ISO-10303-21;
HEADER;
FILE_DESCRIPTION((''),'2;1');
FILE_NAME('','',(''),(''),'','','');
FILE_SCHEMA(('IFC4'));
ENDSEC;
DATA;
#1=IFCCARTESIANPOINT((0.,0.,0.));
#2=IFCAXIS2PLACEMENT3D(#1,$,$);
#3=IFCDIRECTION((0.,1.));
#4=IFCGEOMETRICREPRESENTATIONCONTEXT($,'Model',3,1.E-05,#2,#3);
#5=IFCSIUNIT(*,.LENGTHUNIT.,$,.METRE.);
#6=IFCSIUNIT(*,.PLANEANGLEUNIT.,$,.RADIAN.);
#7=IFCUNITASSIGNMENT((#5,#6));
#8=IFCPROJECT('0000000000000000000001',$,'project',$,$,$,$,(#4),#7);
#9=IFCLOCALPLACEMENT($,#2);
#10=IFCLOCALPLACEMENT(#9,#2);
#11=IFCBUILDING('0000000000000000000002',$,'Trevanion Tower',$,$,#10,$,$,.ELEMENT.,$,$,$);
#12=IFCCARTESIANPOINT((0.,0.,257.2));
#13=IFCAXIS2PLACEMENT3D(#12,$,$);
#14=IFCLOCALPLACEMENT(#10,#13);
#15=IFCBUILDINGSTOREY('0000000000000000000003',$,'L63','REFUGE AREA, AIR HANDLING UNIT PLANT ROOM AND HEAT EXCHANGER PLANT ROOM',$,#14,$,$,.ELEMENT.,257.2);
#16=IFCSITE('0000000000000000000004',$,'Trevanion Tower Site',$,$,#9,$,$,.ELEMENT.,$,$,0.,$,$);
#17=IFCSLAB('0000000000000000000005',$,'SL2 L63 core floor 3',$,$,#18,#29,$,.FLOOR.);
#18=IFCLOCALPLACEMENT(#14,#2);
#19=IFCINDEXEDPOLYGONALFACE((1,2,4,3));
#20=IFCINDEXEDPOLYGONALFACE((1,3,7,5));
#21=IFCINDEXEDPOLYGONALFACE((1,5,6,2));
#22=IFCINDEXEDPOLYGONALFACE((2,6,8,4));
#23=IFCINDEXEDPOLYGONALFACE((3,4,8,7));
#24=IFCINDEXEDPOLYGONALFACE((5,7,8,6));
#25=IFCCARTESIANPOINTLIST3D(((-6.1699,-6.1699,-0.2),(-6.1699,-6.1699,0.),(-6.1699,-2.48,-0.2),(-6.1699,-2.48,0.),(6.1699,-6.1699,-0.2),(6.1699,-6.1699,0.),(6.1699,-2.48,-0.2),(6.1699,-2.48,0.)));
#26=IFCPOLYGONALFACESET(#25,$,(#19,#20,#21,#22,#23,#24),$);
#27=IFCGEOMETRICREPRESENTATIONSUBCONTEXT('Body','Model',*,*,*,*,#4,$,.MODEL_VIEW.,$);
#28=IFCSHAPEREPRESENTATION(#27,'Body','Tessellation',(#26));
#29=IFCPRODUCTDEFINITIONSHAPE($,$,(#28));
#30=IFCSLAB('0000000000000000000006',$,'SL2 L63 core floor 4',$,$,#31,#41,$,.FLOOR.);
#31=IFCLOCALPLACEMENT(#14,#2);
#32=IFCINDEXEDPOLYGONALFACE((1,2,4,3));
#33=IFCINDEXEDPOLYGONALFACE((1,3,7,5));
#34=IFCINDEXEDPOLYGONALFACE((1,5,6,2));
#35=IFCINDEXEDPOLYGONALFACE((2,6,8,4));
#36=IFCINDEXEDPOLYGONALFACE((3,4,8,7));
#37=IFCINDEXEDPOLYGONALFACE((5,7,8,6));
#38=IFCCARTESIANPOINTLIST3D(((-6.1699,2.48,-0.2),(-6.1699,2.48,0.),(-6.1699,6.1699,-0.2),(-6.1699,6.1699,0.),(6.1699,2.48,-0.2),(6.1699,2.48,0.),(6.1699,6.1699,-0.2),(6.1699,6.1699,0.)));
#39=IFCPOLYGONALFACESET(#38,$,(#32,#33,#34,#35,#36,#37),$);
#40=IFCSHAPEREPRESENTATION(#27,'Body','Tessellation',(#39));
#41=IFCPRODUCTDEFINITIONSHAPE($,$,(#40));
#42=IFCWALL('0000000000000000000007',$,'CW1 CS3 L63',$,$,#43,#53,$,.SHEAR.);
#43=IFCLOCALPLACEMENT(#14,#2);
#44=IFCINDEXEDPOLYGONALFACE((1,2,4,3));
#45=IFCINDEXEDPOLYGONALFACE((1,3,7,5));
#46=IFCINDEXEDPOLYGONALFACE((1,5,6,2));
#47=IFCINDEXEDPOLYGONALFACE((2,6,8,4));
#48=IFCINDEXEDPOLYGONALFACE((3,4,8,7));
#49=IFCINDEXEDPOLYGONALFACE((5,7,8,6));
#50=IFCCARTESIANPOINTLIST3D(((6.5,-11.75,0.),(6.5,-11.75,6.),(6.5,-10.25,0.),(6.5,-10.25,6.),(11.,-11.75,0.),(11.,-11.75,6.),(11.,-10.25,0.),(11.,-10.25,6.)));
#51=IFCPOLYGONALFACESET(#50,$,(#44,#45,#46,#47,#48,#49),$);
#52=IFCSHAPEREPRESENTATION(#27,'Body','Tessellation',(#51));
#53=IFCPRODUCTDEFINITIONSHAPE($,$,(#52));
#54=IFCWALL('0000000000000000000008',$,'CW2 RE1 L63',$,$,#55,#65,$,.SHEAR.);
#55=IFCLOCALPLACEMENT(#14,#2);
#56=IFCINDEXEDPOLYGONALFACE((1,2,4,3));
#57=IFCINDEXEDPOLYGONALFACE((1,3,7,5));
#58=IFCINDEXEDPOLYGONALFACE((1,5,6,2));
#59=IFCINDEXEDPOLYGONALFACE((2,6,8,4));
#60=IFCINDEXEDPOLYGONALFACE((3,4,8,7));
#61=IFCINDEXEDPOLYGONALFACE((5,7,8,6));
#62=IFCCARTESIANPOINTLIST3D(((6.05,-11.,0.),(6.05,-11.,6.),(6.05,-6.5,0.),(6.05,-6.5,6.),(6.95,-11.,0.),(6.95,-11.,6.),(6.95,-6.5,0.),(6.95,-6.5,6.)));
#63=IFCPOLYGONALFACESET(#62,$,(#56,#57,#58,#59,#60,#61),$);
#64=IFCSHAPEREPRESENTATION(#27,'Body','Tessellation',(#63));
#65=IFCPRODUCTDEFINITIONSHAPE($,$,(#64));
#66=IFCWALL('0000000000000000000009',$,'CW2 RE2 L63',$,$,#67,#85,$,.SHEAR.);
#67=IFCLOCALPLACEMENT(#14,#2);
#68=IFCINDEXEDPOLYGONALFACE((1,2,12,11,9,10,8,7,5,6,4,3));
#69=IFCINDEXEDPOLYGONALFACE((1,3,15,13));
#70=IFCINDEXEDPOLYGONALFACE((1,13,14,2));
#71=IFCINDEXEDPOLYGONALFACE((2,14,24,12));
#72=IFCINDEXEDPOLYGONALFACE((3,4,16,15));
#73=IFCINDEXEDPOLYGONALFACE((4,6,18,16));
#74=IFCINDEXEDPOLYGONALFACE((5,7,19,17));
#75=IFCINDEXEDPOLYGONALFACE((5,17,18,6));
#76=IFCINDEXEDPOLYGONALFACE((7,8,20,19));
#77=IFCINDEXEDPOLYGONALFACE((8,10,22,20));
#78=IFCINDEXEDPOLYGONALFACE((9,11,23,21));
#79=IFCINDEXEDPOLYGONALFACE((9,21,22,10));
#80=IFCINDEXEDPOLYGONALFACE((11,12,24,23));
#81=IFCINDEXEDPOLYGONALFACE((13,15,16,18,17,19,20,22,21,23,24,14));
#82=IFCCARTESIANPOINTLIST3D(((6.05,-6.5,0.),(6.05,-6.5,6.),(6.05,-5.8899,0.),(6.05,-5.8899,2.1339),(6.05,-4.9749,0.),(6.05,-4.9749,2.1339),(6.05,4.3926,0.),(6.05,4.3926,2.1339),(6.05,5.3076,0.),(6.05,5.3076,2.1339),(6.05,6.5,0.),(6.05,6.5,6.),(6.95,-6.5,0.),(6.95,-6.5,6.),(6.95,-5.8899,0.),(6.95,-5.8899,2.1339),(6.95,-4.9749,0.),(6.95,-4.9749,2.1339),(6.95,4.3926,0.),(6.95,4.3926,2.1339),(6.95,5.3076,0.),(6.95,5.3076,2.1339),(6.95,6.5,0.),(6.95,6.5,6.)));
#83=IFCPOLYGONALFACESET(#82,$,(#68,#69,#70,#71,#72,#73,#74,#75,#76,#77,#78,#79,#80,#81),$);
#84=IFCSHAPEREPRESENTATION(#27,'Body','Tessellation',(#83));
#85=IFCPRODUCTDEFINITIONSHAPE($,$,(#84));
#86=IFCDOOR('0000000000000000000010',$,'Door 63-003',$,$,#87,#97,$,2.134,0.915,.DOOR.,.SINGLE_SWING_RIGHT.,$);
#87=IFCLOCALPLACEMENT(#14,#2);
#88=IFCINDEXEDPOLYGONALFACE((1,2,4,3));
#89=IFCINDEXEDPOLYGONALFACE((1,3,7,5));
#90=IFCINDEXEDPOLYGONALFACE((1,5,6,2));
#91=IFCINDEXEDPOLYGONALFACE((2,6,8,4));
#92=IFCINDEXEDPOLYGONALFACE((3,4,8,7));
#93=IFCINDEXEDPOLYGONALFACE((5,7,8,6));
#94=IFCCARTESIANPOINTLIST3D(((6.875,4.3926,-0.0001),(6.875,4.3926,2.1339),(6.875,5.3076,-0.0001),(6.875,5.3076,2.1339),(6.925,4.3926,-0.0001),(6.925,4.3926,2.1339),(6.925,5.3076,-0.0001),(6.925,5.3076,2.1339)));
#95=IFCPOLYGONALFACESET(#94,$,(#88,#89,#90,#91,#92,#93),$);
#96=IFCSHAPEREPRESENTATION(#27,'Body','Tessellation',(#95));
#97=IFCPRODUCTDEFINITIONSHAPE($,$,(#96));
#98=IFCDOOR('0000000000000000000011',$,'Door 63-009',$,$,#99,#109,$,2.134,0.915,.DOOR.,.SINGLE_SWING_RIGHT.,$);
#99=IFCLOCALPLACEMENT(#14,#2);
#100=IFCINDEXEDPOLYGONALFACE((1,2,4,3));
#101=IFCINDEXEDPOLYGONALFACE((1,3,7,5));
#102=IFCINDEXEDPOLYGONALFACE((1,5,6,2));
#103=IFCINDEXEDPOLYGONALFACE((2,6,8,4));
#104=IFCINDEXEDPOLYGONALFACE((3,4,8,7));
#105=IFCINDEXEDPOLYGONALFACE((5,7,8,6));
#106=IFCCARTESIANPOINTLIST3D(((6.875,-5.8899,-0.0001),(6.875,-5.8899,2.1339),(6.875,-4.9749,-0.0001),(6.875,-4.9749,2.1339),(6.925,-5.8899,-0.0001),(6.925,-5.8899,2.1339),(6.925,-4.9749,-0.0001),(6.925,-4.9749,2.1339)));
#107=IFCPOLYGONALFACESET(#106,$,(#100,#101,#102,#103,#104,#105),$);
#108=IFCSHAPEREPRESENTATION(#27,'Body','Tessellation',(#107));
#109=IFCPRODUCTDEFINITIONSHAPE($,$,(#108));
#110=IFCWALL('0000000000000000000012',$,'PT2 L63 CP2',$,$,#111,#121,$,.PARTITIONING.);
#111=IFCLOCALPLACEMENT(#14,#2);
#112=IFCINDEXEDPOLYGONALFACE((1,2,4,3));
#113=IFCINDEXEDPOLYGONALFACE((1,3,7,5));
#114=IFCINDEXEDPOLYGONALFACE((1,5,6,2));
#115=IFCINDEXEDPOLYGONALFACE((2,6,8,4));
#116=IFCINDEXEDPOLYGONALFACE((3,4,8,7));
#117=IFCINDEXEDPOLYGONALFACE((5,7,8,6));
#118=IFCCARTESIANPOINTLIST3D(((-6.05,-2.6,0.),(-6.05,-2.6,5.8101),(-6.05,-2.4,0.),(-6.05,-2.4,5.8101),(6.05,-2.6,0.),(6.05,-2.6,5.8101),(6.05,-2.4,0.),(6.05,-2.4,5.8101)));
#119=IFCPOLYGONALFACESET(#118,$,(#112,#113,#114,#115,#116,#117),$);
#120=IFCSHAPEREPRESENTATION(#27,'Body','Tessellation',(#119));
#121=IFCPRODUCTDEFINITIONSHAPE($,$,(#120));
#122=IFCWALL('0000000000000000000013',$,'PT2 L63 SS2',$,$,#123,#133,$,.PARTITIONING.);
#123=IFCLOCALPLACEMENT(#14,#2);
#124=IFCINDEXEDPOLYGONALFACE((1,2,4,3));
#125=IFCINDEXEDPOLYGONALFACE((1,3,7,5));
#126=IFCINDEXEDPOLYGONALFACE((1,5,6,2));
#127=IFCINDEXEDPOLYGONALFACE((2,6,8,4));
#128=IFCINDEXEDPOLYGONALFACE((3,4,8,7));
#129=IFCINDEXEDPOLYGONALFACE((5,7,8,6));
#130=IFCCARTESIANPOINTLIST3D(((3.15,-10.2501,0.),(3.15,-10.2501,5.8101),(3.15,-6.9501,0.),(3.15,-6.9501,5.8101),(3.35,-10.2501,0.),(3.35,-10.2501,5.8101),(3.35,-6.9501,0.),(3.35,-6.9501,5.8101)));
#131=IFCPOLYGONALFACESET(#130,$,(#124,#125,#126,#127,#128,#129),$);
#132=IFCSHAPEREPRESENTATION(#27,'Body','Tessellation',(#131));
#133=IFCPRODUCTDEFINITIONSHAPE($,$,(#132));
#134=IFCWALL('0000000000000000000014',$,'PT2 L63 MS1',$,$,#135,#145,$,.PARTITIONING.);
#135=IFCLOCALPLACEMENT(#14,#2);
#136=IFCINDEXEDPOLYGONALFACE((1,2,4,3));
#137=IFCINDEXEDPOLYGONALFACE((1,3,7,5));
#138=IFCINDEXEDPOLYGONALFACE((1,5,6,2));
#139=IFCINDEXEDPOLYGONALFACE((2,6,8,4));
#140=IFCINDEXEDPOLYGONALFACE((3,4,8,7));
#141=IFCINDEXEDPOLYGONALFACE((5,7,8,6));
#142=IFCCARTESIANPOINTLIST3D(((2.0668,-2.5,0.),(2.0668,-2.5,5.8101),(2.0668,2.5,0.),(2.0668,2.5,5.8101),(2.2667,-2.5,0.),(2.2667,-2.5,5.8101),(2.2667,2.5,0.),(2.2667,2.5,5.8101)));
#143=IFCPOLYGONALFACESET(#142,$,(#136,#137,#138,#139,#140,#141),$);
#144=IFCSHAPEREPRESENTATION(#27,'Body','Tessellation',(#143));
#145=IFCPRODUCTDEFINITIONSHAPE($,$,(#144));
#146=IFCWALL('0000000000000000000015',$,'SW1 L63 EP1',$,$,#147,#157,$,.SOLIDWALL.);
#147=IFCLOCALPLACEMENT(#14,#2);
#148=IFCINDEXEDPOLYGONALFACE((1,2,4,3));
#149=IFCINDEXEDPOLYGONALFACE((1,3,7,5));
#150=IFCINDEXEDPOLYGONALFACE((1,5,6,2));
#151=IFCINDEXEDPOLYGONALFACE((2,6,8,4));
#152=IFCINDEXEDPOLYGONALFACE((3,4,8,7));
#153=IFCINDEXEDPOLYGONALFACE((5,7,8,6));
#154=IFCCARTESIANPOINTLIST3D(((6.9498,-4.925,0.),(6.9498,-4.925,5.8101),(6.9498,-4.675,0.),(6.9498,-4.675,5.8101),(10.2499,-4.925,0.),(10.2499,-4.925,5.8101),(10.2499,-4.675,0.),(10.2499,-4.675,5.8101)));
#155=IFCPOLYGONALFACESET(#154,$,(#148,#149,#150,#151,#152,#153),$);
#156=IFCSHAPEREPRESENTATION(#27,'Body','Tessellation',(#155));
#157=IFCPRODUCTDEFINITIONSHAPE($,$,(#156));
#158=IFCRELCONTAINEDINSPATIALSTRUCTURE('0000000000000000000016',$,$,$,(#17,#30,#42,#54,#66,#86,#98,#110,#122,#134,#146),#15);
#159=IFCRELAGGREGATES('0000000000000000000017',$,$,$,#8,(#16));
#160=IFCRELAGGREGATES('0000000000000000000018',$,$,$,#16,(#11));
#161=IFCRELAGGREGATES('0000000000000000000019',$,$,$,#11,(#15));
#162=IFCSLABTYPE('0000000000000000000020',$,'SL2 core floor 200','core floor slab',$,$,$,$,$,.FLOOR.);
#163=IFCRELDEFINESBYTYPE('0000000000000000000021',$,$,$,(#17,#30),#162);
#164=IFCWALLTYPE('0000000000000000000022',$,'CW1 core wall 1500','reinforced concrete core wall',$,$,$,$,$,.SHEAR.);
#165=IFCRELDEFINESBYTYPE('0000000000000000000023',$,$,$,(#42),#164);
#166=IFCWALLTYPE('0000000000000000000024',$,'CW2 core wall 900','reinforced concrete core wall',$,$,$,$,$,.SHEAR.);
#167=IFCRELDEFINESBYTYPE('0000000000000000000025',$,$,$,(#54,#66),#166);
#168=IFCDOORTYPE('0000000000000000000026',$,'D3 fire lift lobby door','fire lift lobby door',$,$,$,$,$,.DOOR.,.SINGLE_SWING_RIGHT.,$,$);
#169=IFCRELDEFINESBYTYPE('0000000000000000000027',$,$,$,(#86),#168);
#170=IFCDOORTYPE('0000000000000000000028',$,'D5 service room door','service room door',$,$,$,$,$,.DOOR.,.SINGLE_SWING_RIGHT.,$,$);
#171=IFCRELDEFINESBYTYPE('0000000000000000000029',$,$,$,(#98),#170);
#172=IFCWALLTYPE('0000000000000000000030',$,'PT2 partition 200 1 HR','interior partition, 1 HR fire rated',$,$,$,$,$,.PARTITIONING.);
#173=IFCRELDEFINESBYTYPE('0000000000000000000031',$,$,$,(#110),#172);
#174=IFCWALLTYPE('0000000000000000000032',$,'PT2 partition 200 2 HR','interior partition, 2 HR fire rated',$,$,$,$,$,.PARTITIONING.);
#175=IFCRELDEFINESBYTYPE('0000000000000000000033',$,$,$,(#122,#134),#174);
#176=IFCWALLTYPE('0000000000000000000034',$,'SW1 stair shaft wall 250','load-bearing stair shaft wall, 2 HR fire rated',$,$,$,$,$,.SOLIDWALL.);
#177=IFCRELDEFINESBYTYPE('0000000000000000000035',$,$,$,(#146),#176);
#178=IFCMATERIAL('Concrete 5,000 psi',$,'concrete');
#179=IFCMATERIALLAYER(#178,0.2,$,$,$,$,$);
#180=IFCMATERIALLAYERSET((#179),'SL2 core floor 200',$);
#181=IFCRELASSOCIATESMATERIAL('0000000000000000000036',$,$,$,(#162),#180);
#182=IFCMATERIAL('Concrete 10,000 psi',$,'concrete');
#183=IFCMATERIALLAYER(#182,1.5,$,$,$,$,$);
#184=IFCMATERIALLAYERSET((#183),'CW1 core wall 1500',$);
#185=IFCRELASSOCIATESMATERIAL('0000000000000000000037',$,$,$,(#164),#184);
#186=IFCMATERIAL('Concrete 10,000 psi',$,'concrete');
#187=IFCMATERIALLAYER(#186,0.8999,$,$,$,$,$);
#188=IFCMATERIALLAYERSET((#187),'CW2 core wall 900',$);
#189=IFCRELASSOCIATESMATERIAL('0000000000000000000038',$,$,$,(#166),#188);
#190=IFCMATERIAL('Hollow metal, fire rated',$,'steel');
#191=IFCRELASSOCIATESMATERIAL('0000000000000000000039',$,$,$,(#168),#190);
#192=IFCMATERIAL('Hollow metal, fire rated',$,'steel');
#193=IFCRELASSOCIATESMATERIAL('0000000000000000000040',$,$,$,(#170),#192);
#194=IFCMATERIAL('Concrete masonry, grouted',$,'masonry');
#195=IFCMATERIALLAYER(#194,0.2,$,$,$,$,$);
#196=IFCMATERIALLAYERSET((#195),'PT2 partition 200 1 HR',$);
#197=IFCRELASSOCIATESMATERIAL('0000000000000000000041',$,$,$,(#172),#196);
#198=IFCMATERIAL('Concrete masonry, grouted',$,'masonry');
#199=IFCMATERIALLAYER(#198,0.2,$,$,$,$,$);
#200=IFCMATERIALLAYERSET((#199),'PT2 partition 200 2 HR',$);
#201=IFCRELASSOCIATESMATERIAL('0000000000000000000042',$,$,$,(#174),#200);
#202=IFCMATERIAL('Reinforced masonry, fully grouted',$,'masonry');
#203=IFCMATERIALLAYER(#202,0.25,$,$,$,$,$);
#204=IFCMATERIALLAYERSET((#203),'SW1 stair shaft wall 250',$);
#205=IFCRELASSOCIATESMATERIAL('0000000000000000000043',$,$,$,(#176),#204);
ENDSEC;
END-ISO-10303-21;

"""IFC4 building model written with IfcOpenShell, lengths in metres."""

from ifc_helpers import new_model, si_unit, direction, frame, frame_2d, origin, place, context, subcontext, project, spatial, polyline, rectangle, outline, extrude, material, layer, layer_set, type_object, element, fill, save


model = new_model("IFC4")

# Units and contexts
model_context = context("Model", 3, precision=1e-05, world=origin(), true_north=direction((0.0, 1.0)))
body_context = subcontext(model_context, "Body", "Model", "MODEL_VIEW")
ifc_project = project(units=[si_unit("LENGTHUNIT", "METRE"), si_unit("PLANEANGLEUNIT", "RADIAN")], contexts=[model_context])

# Site, building, storey
site_placement = place(None, origin())
site = spatial("IfcSite", under=ifc_project, at=site_placement, Name="Trevanion Tower Site", CompositionType="ELEMENT", RefElevation=0.0)
building_placement = place(site_placement, origin())
building = spatial("IfcBuilding", under=site, at=building_placement, Name="Trevanion Tower", CompositionType="ELEMENT")
storey_placement = place(building_placement, frame((0.0, 0.0, 257.2)))
storey = spatial("IfcBuildingStorey", under=building, at=storey_placement, Name="L63", Description="REFUGE AREA, AIR HANDLING UNIT PLANT ROOM AND HEAT EXCHANGER PLANT ROOM", CompositionType="ELEMENT", Elevation=257.2)

# Slabs
ifc_material_1 = material(Name="Concrete 5,000 psi", Category="concrete")
ifc_layer_1 = layer(ifc_material_1, 0.2)
ifc_layer_set_1 = layer_set([ifc_layer_1], Name="SL2 core floor 200")
slab_type = type_object("IfcSlabType", Name="SL2 core floor 200", Description="core floor slab", PredefinedType="FLOOR", material=ifc_layer_set_1)
slab_1_placement = place(storey_placement, frame((0.0, 0.0, -0.2)))
element("IfcSlab", 1, at=slab_1_placement, inside=storey, type_object=slab_type, Name="SL2 L63 core floor 3", PredefinedType="FLOOR", context=body_context, shape_type="SweptSolid", body=[
    extrude(outline(polyline([(6.1699, -6.1699), (-6.1699, -6.1699), (-6.1699, -2.48), (6.1699, -2.48), (6.1699, -6.1699)])), origin(), (0.0, 0.0, 1.0), 0.2),
])
slab_2_placement = place(storey_placement, frame((0.0, 0.0, -0.2)))
element("IfcSlab", 2, at=slab_2_placement, inside=storey, type_object=slab_type, Name="SL2 L63 core floor 4", PredefinedType="FLOOR", context=body_context, shape_type="SweptSolid", body=[
    extrude(outline(polyline([(6.1699, 2.48), (-6.1699, 2.48), (-6.1699, 6.1699), (6.1699, 6.1699), (6.1699, 2.48)])), origin(), (0.0, 0.0, 1.0), 0.2),
])

# Walls
ifc_material_2 = material(Name="Concrete 10,000 psi", Category="concrete")
ifc_layer_2 = layer(ifc_material_2, 1.5)
ifc_layer_set_2 = layer_set([ifc_layer_2], Name="CW1 core wall 1500")
wall_type_1 = type_object("IfcWallType", Name="CW1 core wall 1500", Description="reinforced concrete core wall", PredefinedType="SHEAR", material=ifc_layer_set_2)
wall_1_placement = place(storey_placement, frame((6.5, -11.0, 0.0), z_axis=(0.0, 0.0, 1.0), x_axis=(1.0, 0.0, 0.0)))
element("IfcWall", 3, at=wall_1_placement, inside=storey, type_object=wall_type_1, Name="CW1 CS3 L63", PredefinedType="SHEAR", context=body_context, shape_type="SweptSolid", body=[
    extrude(rectangle(XDim=4.5, YDim=1.5, at=frame_2d((2.25, 0.0))), origin(), (0.0, 0.0, 1.0), 6.0),
])
ifc_material_3 = material(Name="Concrete 10,000 psi", Category="concrete")
ifc_layer_3 = layer(ifc_material_3, 0.8999)
ifc_layer_set_3 = layer_set([ifc_layer_3], Name="CW2 core wall 900")
wall_type_2 = type_object("IfcWallType", Name="CW2 core wall 900", Description="reinforced concrete core wall", PredefinedType="SHEAR", material=ifc_layer_set_3)
wall_2_placement = place(storey_placement, frame((6.5, -11.0, 0.0), z_axis=(0.0, 0.0, 1.0), x_axis=(0.0, 1.0, 0.0)))
element("IfcWall", 4, at=wall_2_placement, inside=storey, type_object=wall_type_2, Name="CW2 RE1 L63", PredefinedType="SHEAR", context=body_context, shape_type="SweptSolid", body=[
    extrude(rectangle(XDim=4.5, YDim=0.8999, at=frame_2d((2.25, 0.0))), origin(), (0.0, 0.0, 1.0), 6.0),
])

# Wall, openings, doors
wall_3_placement = place(storey_placement, frame((6.5, -6.5, 0.0), z_axis=(0.0, 0.0, 1.0), x_axis=(0.0, 1.0, 0.0)))
wall_3 = element("IfcWall", 5, at=wall_3_placement, inside=storey, type_object=wall_type_2, Name="CW2 RE2 L63", PredefinedType="SHEAR", context=body_context, shape_type="SweptSolid", body=[
    extrude(rectangle(XDim=13.0, YDim=0.8999, at=frame_2d((6.5, 0.0))), origin(), (0.0, 0.0, 1.0), 6.0),
])
opening_1_placement = place(wall_3_placement, frame((10.8926, 0.0, 0.0)))
opening_1 = element("IfcOpeningElement", 6, at=opening_1_placement, cuts=wall_3, PredefinedType="OPENING", context=body_context, shape_type="SweptSolid", body=[
    extrude(rectangle(XDim=0.915, YDim=2.134, at=frame_2d((0.4575, 1.0669))), frame((0.0, 0.46, 0.0), z_axis=(0.0, -1.0, 0.0), x_axis=(1.0, 0.0, 0.0)), (0.0, 0.0, 1.0), 0.9199),
])
opening_2_placement = place(wall_3_placement, frame((0.6101, 0.0, 0.0)))
opening_2 = element("IfcOpeningElement", 7, at=opening_2_placement, cuts=wall_3, PredefinedType="OPENING", context=body_context, shape_type="SweptSolid", body=[
    extrude(rectangle(XDim=0.915, YDim=2.134, at=frame_2d((0.4575, 1.0669))), frame((0.0, 0.46, 0.0), z_axis=(0.0, -1.0, 0.0), x_axis=(1.0, 0.0, 0.0)), (0.0, 0.0, 1.0), 0.9199),
])
ifc_material_4 = material(Name="Hollow metal, fire rated", Category="steel")
door_type_1 = type_object("IfcDoorType", Name="D3 fire lift lobby door", Description="fire lift lobby door", OperationType="SINGLE_SWING_RIGHT", PredefinedType="DOOR", material=ifc_material_4)
door_1_placement = place(opening_1_placement, origin())
door_1 = element("IfcDoor", 8, at=door_1_placement, inside=storey, type_object=door_type_1, Name="Door 63-003", OperationType="SINGLE_SWING_RIGHT", OverallHeight=2.134, OverallWidth=0.915, PredefinedType="DOOR", context=body_context, shape_type="SweptSolid", body=[
    extrude(rectangle(XDim=0.915, YDim=2.134, at=frame_2d((0.4575, 1.0669))), frame((0.0, -0.375, 0.0), z_axis=(0.0, -1.0, 0.0), x_axis=(1.0, 0.0, 0.0)), (0.0, 0.0, 1.0), 0.05),
])
fill(opening_1, door_1)
ifc_material_5 = material(Name="Hollow metal, fire rated", Category="steel")
door_type_2 = type_object("IfcDoorType", Name="D5 service room door", Description="service room door", OperationType="SINGLE_SWING_RIGHT", PredefinedType="DOOR", material=ifc_material_5)
door_2_placement = place(opening_2_placement, origin())
door_2 = element("IfcDoor", 9, at=door_2_placement, inside=storey, type_object=door_type_2, Name="Door 63-009", OperationType="SINGLE_SWING_RIGHT", OverallHeight=2.134, OverallWidth=0.915, PredefinedType="DOOR", context=body_context, shape_type="SweptSolid", body=[
    extrude(rectangle(XDim=0.915, YDim=2.134, at=frame_2d((0.4575, 1.0669))), frame((0.0, -0.375, 0.0), z_axis=(0.0, -1.0, 0.0), x_axis=(1.0, 0.0, 0.0)), (0.0, 0.0, 1.0), 0.05),
])
fill(opening_2, door_2)

# Walls
ifc_material_6 = material(Name="Concrete masonry, grouted", Category="masonry")
ifc_layer_4 = layer(ifc_material_6, 0.2)
ifc_layer_set_4 = layer_set([ifc_layer_4], Name="PT2 partition 200 1 HR")
wall_type_3 = type_object("IfcWallType", Name="PT2 partition 200 1 HR", Description="interior partition, 1 HR fire rated", PredefinedType="PARTITIONING", material=ifc_layer_set_4)
wall_4_placement = place(storey_placement, frame((6.05, -2.5, 0.0), z_axis=(0.0, 0.0, 1.0), x_axis=(-1.0, 0.0, 0.0)))
element("IfcWall", 10, at=wall_4_placement, inside=storey, type_object=wall_type_3, Name="PT2 L63 CP2", PredefinedType="PARTITIONING", context=body_context, shape_type="SweptSolid", body=[
    extrude(rectangle(XDim=12.1001, YDim=0.2, at=frame_2d((6.05, 0.0))), origin(), (0.0, 0.0, 1.0), 5.8101),
])
ifc_material_7 = material(Name="Concrete masonry, grouted", Category="masonry")
ifc_layer_5 = layer(ifc_material_7, 0.2)
ifc_layer_set_5 = layer_set([ifc_layer_5], Name="PT2 partition 200 2 HR")
wall_type_4 = type_object("IfcWallType", Name="PT2 partition 200 2 HR", Description="interior partition, 2 HR fire rated", PredefinedType="PARTITIONING", material=ifc_layer_set_5)
wall_5_placement = place(storey_placement, frame((3.25, -10.25, 0.0), z_axis=(0.0, 0.0, 1.0), x_axis=(0.0, 1.0, 0.0)))
element("IfcWall", 11, at=wall_5_placement, inside=storey, type_object=wall_type_4, Name="PT2 L63 SS2", PredefinedType="PARTITIONING", context=body_context, shape_type="SweptSolid", body=[
    extrude(rectangle(XDim=3.3, YDim=0.2, at=frame_2d((1.6499, 0.0))), origin(), (0.0, 0.0, 1.0), 5.8101),
])
wall_6_placement = place(storey_placement, frame((2.1667, -2.5, 0.0), z_axis=(0.0, 0.0, 1.0), x_axis=(0.0, 1.0, 0.0)))
element("IfcWall", 12, at=wall_6_placement, inside=storey, type_object=wall_type_4, Name="PT2 L63 MS1", PredefinedType="PARTITIONING", context=body_context, shape_type="SweptSolid", body=[
    extrude(rectangle(XDim=5.0, YDim=0.2, at=frame_2d((2.5, 0.0))), origin(), (0.0, 0.0, 1.0), 5.8101),
])
ifc_material_8 = material(Name="Reinforced masonry, fully grouted", Category="masonry")
ifc_layer_6 = layer(ifc_material_8, 0.25)
ifc_layer_set_6 = layer_set([ifc_layer_6], Name="SW1 stair shaft wall 250")
wall_type_5 = type_object("IfcWallType", Name="SW1 stair shaft wall 250", Description="load-bearing stair shaft wall, 2 HR fire rated", PredefinedType="SOLIDWALL", material=ifc_layer_set_6)
wall_7_placement = place(storey_placement, frame((6.95, -4.8, 0.0), z_axis=(0.0, 0.0, 1.0), x_axis=(1.0, 0.0, 0.0)))
element("IfcWall", 13, at=wall_7_placement, inside=storey, type_object=wall_type_5, Name="SW1 L63 EP1", PredefinedType="SOLIDWALL", context=body_context, shape_type="SweptSolid", body=[
    extrude(rectangle(XDim=3.3, YDim=0.25, at=frame_2d((1.6499, 0.0))), origin(), (0.0, 0.0, 1.0), 5.8101),
])

save(model, "model.ifc")
